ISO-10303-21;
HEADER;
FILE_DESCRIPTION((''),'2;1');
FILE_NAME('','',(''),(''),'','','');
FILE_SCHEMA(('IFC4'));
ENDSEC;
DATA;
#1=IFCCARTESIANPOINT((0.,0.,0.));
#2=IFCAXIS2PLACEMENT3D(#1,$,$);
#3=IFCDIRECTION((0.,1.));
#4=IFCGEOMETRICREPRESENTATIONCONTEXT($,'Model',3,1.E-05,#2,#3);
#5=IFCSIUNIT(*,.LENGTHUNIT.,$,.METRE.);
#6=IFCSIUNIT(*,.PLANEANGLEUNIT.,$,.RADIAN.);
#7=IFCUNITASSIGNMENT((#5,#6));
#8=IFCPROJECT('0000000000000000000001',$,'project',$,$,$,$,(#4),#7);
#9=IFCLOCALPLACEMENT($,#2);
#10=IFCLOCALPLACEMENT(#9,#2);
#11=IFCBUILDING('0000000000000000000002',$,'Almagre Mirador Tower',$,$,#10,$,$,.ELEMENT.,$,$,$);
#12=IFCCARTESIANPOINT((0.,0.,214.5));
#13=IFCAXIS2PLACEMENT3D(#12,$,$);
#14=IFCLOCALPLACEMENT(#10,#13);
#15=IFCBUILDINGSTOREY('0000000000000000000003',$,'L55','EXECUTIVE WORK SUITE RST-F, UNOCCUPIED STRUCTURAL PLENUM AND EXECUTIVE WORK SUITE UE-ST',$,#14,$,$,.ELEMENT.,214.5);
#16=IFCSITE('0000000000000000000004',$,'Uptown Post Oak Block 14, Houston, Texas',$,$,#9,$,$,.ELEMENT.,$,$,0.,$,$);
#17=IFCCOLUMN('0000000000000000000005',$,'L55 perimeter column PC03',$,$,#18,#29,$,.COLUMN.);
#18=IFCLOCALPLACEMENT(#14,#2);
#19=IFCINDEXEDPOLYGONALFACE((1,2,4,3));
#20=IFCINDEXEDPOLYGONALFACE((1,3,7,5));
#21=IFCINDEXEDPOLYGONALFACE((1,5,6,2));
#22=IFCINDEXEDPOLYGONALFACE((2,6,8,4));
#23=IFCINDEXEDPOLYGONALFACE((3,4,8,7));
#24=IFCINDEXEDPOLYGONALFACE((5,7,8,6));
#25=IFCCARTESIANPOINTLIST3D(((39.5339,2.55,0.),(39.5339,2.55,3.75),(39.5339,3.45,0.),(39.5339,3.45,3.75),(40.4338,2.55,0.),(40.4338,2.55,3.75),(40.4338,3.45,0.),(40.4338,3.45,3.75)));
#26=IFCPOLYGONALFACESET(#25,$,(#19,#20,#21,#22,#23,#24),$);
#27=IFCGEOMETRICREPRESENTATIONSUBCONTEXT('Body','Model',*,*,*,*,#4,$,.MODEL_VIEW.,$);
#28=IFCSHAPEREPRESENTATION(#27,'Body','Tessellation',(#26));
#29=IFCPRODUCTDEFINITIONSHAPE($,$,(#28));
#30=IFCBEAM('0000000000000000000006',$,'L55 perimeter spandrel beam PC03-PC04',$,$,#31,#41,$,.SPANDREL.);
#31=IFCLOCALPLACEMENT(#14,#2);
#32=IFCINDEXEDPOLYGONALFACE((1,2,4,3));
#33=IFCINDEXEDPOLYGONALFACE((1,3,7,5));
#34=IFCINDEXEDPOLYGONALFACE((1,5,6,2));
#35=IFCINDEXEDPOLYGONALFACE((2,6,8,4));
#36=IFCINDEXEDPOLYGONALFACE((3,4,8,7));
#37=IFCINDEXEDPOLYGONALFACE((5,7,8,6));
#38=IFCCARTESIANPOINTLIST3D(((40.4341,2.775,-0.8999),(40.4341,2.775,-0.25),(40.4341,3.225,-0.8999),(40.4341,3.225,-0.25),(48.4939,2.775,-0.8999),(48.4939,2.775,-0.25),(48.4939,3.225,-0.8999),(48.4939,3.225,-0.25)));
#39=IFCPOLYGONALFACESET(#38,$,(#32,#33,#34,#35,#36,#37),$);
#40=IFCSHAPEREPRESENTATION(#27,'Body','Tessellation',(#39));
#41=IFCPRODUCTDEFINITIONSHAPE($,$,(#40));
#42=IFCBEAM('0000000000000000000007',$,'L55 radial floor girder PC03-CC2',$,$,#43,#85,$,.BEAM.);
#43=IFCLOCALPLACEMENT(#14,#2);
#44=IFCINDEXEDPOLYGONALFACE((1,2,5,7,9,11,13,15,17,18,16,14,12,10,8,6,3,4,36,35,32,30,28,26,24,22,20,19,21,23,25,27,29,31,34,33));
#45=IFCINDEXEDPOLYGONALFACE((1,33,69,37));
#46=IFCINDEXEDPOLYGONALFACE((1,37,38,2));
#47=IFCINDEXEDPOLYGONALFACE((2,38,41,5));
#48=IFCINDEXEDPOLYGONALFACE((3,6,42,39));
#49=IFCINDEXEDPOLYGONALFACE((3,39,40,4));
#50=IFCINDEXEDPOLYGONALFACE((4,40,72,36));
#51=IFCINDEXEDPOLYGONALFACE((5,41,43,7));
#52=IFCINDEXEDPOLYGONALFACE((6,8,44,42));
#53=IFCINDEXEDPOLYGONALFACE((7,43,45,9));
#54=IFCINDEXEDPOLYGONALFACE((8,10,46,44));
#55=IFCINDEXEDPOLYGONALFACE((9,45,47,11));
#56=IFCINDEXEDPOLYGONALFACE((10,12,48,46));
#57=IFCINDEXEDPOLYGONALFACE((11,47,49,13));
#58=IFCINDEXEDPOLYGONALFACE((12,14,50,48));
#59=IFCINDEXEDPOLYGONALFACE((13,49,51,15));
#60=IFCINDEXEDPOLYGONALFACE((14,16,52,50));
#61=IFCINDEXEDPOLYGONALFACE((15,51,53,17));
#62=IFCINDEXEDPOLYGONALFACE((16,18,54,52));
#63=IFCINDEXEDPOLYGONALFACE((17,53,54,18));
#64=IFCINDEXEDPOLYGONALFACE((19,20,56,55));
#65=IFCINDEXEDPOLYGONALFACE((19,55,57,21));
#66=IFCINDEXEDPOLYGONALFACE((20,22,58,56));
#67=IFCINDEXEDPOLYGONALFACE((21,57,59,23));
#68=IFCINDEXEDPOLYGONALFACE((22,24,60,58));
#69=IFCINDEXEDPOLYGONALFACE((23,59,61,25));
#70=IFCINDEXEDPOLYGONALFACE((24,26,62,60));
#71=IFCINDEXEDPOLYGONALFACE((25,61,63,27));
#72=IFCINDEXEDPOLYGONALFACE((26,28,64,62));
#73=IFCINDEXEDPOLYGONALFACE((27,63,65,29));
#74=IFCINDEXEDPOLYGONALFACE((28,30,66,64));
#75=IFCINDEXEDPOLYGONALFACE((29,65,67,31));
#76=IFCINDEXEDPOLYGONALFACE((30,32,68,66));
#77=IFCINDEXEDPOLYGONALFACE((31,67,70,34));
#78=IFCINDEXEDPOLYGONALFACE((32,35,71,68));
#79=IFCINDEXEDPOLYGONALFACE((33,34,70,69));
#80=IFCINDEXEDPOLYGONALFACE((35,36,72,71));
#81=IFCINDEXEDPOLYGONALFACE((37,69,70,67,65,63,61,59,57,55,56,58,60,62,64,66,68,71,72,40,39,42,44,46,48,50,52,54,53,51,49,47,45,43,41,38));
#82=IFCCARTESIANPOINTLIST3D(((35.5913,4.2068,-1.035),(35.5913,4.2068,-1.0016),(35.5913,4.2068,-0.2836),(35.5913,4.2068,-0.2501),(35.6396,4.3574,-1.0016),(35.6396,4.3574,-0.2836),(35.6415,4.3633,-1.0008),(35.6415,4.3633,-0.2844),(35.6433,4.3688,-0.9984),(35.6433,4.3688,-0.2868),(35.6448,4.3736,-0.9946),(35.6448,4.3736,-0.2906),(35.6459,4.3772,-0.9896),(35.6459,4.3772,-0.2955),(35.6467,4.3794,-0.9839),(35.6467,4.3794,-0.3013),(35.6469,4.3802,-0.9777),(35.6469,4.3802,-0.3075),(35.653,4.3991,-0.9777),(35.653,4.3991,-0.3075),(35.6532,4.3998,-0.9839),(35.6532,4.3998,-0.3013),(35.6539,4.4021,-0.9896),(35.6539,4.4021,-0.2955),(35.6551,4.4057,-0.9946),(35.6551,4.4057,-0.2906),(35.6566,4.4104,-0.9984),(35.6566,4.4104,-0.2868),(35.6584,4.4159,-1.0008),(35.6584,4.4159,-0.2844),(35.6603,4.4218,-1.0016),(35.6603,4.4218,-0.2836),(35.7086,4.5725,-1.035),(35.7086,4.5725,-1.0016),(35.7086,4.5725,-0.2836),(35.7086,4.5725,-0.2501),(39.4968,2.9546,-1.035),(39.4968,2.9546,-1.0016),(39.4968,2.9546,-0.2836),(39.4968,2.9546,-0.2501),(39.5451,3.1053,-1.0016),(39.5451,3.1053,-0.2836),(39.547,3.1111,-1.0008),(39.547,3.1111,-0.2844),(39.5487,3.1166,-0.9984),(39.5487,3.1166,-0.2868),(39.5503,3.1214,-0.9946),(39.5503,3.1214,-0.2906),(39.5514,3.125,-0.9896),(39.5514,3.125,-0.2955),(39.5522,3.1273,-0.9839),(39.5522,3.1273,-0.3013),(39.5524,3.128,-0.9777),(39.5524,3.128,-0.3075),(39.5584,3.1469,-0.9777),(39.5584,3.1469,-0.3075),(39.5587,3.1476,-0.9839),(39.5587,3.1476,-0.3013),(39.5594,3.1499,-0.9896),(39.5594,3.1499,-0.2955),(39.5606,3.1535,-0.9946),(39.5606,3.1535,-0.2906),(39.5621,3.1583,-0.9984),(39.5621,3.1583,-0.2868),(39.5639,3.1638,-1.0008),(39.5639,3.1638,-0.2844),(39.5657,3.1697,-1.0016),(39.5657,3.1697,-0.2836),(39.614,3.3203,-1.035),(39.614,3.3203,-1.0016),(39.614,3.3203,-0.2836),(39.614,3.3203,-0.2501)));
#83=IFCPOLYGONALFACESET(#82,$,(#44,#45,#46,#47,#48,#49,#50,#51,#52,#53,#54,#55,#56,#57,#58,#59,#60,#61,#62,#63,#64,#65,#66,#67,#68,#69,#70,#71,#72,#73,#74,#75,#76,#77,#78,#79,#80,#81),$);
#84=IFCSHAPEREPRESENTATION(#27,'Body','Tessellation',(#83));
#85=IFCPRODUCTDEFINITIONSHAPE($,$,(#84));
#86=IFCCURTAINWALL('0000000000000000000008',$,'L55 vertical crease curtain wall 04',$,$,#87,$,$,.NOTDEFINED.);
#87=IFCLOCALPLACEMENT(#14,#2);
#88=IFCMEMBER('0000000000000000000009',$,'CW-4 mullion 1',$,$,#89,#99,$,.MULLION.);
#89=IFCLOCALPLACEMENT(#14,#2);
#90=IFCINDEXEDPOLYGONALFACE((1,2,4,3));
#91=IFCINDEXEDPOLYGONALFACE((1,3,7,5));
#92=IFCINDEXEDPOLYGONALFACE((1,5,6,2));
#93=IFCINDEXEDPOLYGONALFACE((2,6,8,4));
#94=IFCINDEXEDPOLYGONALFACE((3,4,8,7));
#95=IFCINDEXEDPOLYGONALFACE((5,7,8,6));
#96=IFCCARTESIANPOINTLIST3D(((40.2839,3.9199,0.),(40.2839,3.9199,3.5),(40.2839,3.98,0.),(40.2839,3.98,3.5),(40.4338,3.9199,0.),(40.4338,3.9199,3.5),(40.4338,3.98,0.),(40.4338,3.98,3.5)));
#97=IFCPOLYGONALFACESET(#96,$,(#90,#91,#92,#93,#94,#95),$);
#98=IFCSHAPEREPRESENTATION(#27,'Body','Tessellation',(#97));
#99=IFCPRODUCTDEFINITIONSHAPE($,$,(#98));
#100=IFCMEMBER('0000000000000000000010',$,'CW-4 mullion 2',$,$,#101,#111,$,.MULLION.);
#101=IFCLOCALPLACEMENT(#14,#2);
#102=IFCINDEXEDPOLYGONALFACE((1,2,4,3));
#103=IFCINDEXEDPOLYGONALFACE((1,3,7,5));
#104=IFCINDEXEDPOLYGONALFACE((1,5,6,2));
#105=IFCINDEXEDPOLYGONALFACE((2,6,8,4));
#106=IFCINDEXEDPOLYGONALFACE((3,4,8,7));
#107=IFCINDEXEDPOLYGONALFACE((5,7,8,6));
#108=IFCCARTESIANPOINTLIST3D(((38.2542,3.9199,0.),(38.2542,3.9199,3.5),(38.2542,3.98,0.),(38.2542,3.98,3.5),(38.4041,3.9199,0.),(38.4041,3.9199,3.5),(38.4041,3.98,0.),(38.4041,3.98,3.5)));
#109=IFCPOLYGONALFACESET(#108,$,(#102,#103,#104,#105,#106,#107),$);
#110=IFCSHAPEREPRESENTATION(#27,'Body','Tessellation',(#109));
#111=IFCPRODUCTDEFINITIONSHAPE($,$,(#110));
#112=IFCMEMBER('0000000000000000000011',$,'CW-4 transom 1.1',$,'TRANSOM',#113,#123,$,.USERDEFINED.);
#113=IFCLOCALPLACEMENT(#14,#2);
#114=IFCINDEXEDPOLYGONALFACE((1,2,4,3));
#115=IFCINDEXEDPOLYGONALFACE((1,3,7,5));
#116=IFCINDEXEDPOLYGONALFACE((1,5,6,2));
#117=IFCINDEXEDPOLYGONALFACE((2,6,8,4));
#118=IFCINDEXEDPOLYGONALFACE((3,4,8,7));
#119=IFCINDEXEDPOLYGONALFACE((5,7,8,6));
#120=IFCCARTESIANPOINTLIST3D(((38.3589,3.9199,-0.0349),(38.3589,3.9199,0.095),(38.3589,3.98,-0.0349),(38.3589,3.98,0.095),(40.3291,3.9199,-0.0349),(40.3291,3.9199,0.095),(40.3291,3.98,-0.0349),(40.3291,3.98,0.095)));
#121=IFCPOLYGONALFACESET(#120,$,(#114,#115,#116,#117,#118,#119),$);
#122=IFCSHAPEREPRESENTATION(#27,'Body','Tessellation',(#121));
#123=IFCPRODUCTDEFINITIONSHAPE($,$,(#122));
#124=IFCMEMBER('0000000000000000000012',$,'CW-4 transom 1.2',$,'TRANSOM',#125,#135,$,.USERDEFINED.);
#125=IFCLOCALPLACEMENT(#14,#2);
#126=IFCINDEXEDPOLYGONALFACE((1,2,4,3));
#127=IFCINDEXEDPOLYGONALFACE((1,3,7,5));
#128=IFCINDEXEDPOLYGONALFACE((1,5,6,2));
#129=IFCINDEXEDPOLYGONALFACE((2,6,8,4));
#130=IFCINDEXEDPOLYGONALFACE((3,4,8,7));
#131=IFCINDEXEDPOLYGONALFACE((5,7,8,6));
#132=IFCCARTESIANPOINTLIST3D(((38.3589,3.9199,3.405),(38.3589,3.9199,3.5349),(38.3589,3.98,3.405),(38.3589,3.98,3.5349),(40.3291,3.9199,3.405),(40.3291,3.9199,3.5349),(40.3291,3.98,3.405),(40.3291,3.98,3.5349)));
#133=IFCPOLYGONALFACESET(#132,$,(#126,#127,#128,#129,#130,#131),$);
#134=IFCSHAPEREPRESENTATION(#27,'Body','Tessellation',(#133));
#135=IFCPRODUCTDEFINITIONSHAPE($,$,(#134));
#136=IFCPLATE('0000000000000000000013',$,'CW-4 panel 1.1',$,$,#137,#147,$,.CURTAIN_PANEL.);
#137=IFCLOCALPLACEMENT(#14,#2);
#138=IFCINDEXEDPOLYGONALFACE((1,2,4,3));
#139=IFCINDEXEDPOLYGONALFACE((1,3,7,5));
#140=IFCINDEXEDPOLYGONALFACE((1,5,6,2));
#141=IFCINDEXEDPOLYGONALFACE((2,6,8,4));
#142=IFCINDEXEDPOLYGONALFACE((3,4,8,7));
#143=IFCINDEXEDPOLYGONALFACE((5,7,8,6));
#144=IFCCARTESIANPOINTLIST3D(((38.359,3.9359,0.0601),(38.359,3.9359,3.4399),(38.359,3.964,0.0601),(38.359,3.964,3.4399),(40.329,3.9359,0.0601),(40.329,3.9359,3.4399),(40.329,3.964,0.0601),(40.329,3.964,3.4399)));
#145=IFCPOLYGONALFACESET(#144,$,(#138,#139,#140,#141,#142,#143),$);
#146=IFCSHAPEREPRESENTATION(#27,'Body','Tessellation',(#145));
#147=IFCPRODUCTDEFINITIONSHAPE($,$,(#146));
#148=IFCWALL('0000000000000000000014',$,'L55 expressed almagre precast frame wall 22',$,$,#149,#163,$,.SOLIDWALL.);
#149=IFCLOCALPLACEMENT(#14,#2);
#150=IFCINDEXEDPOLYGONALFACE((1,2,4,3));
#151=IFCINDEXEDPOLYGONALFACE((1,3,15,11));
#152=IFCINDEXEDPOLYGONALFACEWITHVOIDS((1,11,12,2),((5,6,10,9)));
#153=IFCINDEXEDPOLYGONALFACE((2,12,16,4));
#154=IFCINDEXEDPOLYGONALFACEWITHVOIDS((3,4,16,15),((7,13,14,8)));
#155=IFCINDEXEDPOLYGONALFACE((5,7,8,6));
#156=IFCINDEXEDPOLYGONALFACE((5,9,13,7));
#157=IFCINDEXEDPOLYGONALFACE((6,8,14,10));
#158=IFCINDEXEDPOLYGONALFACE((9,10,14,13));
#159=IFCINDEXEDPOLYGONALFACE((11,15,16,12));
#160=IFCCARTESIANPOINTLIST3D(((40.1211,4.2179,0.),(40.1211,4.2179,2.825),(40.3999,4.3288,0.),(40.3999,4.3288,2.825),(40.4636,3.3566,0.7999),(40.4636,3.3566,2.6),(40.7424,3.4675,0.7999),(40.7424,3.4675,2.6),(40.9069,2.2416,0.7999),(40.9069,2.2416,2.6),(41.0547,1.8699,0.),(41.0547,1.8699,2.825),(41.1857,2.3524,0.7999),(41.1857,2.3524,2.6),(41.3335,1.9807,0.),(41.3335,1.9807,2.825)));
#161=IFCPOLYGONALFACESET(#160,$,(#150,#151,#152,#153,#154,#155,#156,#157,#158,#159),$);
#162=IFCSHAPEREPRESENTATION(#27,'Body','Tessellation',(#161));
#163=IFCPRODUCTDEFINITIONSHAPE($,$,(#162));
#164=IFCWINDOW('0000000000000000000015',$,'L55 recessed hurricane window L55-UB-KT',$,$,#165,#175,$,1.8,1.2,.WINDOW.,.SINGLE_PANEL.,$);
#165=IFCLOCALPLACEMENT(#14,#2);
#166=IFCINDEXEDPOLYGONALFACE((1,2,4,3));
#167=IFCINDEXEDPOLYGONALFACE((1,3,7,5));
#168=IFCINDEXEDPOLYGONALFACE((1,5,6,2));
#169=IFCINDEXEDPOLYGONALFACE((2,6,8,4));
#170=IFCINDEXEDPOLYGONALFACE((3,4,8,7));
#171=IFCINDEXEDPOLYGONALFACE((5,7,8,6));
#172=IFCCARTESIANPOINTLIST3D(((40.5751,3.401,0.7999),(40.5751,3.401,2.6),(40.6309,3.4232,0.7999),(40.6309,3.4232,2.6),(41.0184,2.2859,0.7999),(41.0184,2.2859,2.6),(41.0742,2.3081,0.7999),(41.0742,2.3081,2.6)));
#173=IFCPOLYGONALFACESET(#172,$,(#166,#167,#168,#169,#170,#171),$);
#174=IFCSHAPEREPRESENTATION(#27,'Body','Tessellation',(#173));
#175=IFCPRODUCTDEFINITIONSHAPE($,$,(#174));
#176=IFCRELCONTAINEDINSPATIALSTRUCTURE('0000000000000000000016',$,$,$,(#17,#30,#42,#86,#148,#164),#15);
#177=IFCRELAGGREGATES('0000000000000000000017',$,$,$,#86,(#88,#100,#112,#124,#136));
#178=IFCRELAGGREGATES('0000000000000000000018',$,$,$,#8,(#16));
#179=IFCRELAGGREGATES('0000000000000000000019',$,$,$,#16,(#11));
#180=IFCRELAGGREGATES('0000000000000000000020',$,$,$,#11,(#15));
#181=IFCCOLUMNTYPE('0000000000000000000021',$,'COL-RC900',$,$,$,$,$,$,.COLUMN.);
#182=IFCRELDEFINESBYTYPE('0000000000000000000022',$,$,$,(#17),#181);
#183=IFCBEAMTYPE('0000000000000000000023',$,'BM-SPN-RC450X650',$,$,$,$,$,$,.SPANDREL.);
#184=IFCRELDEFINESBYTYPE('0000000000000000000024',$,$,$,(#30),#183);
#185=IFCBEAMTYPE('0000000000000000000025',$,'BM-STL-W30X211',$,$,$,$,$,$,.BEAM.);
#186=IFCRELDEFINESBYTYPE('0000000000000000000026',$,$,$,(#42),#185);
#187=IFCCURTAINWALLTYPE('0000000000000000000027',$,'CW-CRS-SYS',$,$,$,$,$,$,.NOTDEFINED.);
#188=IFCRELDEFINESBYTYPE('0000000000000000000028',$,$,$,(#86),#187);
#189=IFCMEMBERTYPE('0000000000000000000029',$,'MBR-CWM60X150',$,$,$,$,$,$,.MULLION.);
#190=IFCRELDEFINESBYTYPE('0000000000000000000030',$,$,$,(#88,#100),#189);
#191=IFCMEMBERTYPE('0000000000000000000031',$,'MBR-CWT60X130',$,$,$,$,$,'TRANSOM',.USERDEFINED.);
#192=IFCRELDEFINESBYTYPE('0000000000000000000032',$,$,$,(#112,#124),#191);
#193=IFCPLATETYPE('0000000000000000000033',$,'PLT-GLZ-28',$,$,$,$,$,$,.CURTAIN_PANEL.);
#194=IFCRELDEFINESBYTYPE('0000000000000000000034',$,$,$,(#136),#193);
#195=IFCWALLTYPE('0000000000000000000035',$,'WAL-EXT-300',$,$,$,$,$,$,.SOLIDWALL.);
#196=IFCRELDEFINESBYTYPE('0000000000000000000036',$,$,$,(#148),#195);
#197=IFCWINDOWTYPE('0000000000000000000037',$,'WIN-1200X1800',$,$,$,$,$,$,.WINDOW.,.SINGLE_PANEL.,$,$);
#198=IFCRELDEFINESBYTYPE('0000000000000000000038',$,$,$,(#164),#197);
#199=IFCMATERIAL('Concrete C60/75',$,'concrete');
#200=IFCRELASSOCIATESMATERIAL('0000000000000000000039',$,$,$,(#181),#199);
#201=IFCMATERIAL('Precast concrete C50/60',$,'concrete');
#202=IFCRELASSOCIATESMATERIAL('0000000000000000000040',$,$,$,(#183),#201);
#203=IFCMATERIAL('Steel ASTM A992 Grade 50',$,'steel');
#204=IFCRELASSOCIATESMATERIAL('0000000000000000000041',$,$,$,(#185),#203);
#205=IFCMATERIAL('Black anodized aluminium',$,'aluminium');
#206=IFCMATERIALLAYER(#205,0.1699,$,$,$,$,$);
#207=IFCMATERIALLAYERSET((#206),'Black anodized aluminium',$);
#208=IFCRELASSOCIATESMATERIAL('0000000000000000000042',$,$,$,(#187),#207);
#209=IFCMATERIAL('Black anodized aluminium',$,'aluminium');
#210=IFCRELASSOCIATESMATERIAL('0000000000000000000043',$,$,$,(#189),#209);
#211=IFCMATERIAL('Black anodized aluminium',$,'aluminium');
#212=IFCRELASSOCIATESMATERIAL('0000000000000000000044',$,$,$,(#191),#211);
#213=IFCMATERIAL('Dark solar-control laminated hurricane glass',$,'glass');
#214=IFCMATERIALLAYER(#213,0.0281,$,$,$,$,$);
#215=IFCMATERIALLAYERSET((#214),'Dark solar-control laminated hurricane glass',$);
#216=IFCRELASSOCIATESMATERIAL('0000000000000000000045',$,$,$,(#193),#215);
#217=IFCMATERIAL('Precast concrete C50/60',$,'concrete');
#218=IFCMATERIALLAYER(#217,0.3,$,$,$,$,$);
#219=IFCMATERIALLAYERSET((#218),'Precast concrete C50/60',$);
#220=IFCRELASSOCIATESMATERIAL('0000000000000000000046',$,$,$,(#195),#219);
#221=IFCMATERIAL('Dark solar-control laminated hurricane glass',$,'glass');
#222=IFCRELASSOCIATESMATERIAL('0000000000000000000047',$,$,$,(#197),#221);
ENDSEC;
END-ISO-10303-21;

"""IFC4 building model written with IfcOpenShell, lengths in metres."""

from ifc_helpers import new_model, si_unit, direction, frame, frame_2d, origin, origin_2d, place, context, subcontext, project, spatial, rectangle, i_section, extrude, material, layer, layer_set, material_profile, profile_set, type_object, element, fill, aggregate, save


model = new_model("IFC4")

# Units and contexts
model_context = context("Model", 3, precision=1e-05, world=origin(), true_north=direction((0.0, 1.0)))
body_context = subcontext(model_context, "Body", "Model", "MODEL_VIEW")
ifc_project = project(units=[si_unit("LENGTHUNIT", "METRE"), si_unit("PLANEANGLEUNIT", "RADIAN")], contexts=[model_context])

# Site, building, storey
site_placement = place(None, origin())
site = spatial("IfcSite", under=ifc_project, at=site_placement, Name="Uptown Post Oak Block 14, Houston, Texas", CompositionType="ELEMENT", RefElevation=0.0)
building_placement = place(site_placement, origin())
building = spatial("IfcBuilding", under=site, at=building_placement, Name="Almagre Mirador Tower", CompositionType="ELEMENT")
storey_placement = place(building_placement, frame((0.0, 0.0, 214.5)))
storey = spatial("IfcBuildingStorey", under=building, at=storey_placement, Name="L55", Description="EXECUTIVE WORK SUITE RST-F, UNOCCUPIED STRUCTURAL PLENUM AND EXECUTIVE WORK SUITE UE-ST", CompositionType="ELEMENT", Elevation=214.5)

# Column
ifc_material_1 = material(Name="Concrete C60/75", Category="concrete")
ifc_material_profile_1 = material_profile(ifc_material_1, rectangle(XDim=0.8999, YDim=0.8999, at=origin_2d()), Name="RC900X900")
ifc_profile_set_1 = profile_set([ifc_material_profile_1], Name="Concrete C60/75")
column_type = type_object("IfcColumnType", Name="COL-RC900", PredefinedType="COLUMN", material=ifc_profile_set_1)
column_placement = place(storey_placement, frame((39.9839, 3.0, 0.0), z_axis=(0.0, 0.0, 1.0), x_axis=(1.0, 0.0, 0.0)))
element("IfcColumn", 1, at=column_placement, inside=storey, type_object=column_type, Name="L55 perimeter column PC03", PredefinedType="COLUMN", context=body_context, shape_type="SweptSolid", body=[
    extrude(rectangle(XDim=0.8999, YDim=0.8999, at=origin_2d()), origin(), (0.0, 0.0, 1.0), 3.75),
])

# Beams
ifc_material_2 = material(Name="Precast concrete C50/60", Category="concrete")
ifc_material_profile_2 = material_profile(ifc_material_2, rectangle(XDim=0.45, YDim=0.6499, at=origin_2d()), Name="RC450X650")
ifc_profile_set_2 = profile_set([ifc_material_profile_2], Name="Precast concrete C50/60")
beam_type_1 = type_object("IfcBeamType", Name="BM-SPN-RC450X650", PredefinedType="SPANDREL", material=ifc_profile_set_2)
beam_1_placement = place(storey_placement, frame((40.4341, 3.0, -0.575), z_axis=(1.0, 0.0, 0.0), x_axis=(0.0, 1.0, 0.0)))
element("IfcBeam", 2, at=beam_1_placement, inside=storey, type_object=beam_type_1, Name="L55 perimeter spandrel beam PC03-PC04", PredefinedType="SPANDREL", context=body_context, shape_type="SweptSolid", body=[
    extrude(rectangle(XDim=0.45, YDim=0.6499, at=origin_2d()), origin(), (0.0, 0.0, 1.0), 8.0598),
])
ifc_material_3 = material(Name="Steel ASTM A992 Grade 50", Category="steel")
ifc_material_profile_3 = material_profile(ifc_material_3, i_section(OverallWidth=0.384, OverallDepth=0.7849, WebThickness=0.0198, FlangeThickness=0.0334, FilletRadius=0.0239, at=origin_2d()), Name="W30X211")
ifc_profile_set_3 = profile_set([ifc_material_profile_3], Name="Steel ASTM A992 Grade 50")
beam_type_2 = type_object("IfcBeamType", Name="BM-STL-W30X211", PredefinedType="BEAM", material=ifc_profile_set_3)
beam_2_placement = place(storey_placement, frame((39.5554, 3.1375, -0.6426), z_axis=(-0.952252, 0.305313, 0.0), x_axis=(-0.305313, -0.952252, 0.0)))
element("IfcBeam", 3, at=beam_2_placement, inside=storey, type_object=beam_type_2, Name="L55 radial floor girder PC03-CC2", PredefinedType="BEAM", context=body_context, shape_type="SweptSolid", body=[
    extrude(i_section(OverallWidth=0.384, OverallDepth=0.7849, WebThickness=0.0198, FlangeThickness=0.0334, FilletRadius=0.0239, at=origin_2d()), origin(), (0.0, 0.0, 1.0), 4.1013),
])

# Curtain wall, members, plate
ifc_material_4 = material(Name="Black anodized aluminium", Category="aluminium")
ifc_layer_1 = layer(ifc_material_4, 0.1699)
ifc_layer_set_1 = layer_set([ifc_layer_1], Name="Black anodized aluminium")
curtain_wall_type = type_object("IfcCurtainWallType", Name="CW-CRS-SYS", PredefinedType="NOTDEFINED", material=ifc_layer_set_1)
curtain_wall_placement = place(storey_placement, origin())
curtain_wall = element("IfcCurtainWall", 4, at=curtain_wall_placement, inside=storey, type_object=curtain_wall_type, Name="L55 vertical crease curtain wall 04", PredefinedType="NOTDEFINED")
ifc_material_5 = material(Name="Black anodized aluminium", Category="aluminium")
ifc_material_profile_4 = material_profile(ifc_material_5, rectangle(XDim=0.0601, YDim=0.1499, at=origin_2d()), Name="CWM60X150")
ifc_profile_set_4 = profile_set([ifc_material_profile_4], Name="Black anodized aluminium")
member_type_1 = type_object("IfcMemberType", Name="MBR-CWM60X150", PredefinedType="MULLION", material=ifc_profile_set_4)
member_1_placement = place(storey_placement, frame((40.3589, 3.95, 0.0), z_axis=(0.0, 0.0, 1.0), x_axis=(0.0, -1.0, 0.0)))
member_1 = element("IfcMember", 5, at=member_1_placement, type_object=member_type_1, Name="CW-4 mullion 1", PredefinedType="MULLION", context=body_context, shape_type="SweptSolid", body=[
    extrude(rectangle(XDim=0.0601, YDim=0.1499, at=origin_2d()), origin(), (0.0, 0.0, 1.0), 3.5),
])
member_2_placement = place(storey_placement, frame((38.3291, 3.95, 0.0), z_axis=(0.0, 0.0, 1.0), x_axis=(0.0, -1.0, 0.0)))
member_2 = element("IfcMember", 6, at=member_2_placement, type_object=member_type_1, Name="CW-4 mullion 2", PredefinedType="MULLION", context=body_context, shape_type="SweptSolid", body=[
    extrude(rectangle(XDim=0.0601, YDim=0.1499, at=origin_2d()), origin(), (0.0, 0.0, 1.0), 3.5),
])
ifc_material_6 = material(Name="Black anodized aluminium", Category="aluminium")
ifc_material_profile_5 = material_profile(ifc_material_6, rectangle(XDim=0.0601, YDim=0.1299, at=origin_2d()), Name="CWT60X130")
ifc_profile_set_5 = profile_set([ifc_material_profile_5], Name="Black anodized aluminium")
member_type_2 = type_object("IfcMemberType", Name="MBR-CWT60X130", ElementType="TRANSOM", PredefinedType="USERDEFINED", material=ifc_profile_set_5)
member_3_placement = place(storey_placement, frame((40.3291, 3.95, 0.03), z_axis=(-1.0, 0.0, 0.0), x_axis=(0.0, -1.0, 0.0)))
member_3 = element("IfcMember", 7, at=member_3_placement, type_object=member_type_2, Name="CW-4 transom 1.1", ObjectType="TRANSOM", PredefinedType="USERDEFINED", context=body_context, shape_type="SweptSolid", body=[
    extrude(rectangle(XDim=0.0601, YDim=0.1299, at=origin_2d()), origin(), (0.0, 0.0, 1.0), 1.9702),
])
member_4_placement = place(storey_placement, frame((40.3291, 3.95, 3.47), z_axis=(-1.0, 0.0, 0.0), x_axis=(0.0, -1.0, 0.0)))
member_4 = element("IfcMember", 8, at=member_4_placement, type_object=member_type_2, Name="CW-4 transom 1.2", ObjectType="TRANSOM", PredefinedType="USERDEFINED", context=body_context, shape_type="SweptSolid", body=[
    extrude(rectangle(XDim=0.0601, YDim=0.1299, at=origin_2d()), origin(), (0.0, 0.0, 1.0), 1.9702),
])
ifc_material_7 = material(Name="Dark solar-control laminated hurricane glass", Category="glass")
ifc_layer_2 = layer(ifc_material_7, 0.0281)
ifc_layer_set_2 = layer_set([ifc_layer_2], Name="Dark solar-control laminated hurricane glass")
plate_type = type_object("IfcPlateType", Name="PLT-GLZ-28", PredefinedType="CURTAIN_PANEL", material=ifc_layer_set_2)
plate_placement = place(storey_placement, frame((39.344, 3.95, 0.0601), z_axis=(0.0, 0.0, 1.0), x_axis=(-1.0, 0.0, 0.0)))
plate = element("IfcPlate", 9, at=plate_placement, type_object=plate_type, Name="CW-4 panel 1.1", PredefinedType="CURTAIN_PANEL", context=body_context, shape_type="SweptSolid", body=[
    extrude(rectangle(XDim=1.97, YDim=0.0281, at=origin_2d()), origin(), (0.0, 0.0, 1.0), 3.3799),
])
aggregate(curtain_wall, [member_1, member_2, member_3, member_4, plate])

# Wall, opening, window
ifc_material_8 = material(Name="Precast concrete C50/60", Category="concrete")
ifc_layer_3 = layer(ifc_material_8, 0.3)
ifc_layer_set_3 = layer_set([ifc_layer_3], Name="Precast concrete C50/60")
wall_type_1 = type_object("IfcWallType", Name="WAL-EXT-300", PredefinedType="SOLIDWALL", material=ifc_layer_set_3)
wall_1_placement = place(storey_placement, frame((41.1941, 1.9253, 0.0), z_axis=(0.0, 0.0, 1.0), x_axis=(-0.369458, 0.929248, 0.0)))
wall_1 = element("IfcWall", 10, at=wall_1_placement, inside=storey, type_object=wall_type_1, Name="L55 expressed almagre precast frame wall 22", PredefinedType="SOLIDWALL", context=body_context, shape_type="SweptSolid", body=[
    extrude(rectangle(XDim=2.5269, YDim=0.3, at=frame_2d((1.2634, 0.0))), origin(), (0.0, 0.0, 1.0), 2.825),
])
opening_1_placement = place(wall_1_placement, frame((0.3999, 0.0, 0.8)))
opening_1 = element("IfcOpeningElement", 11, at=opening_1_placement, cuts=wall_1, PredefinedType="OPENING", context=body_context, shape_type="SweptSolid", body=[
    extrude(rectangle(XDim=1.2, YDim=1.8, at=frame_2d((0.6001, 0.8999))), frame((0.0, 0.1599, 0.0), z_axis=(0.0, -1.0, 0.0), x_axis=(1.0, 0.0, 0.0)), (0.0, 0.0, 1.0), 0.32),
])
ifc_material_9 = material(Name="Dark solar-control laminated hurricane glass", Category="glass")
window_type = type_object("IfcWindowType", Name="WIN-1200X1800", PartitioningType="SINGLE_PANEL", PredefinedType="WINDOW", material=ifc_material_9)
window_1_placement = place(opening_1_placement, origin())
window_1 = element("IfcWindow", 12, at=window_1_placement, inside=storey, type_object=window_type, Name="L55 recessed hurricane window L55-UB-KT", OverallHeight=1.8, OverallWidth=1.2, PartitioningType="SINGLE_PANEL", PredefinedType="WINDOW", context=body_context, shape_type="SweptSolid", body=[
    extrude(rectangle(XDim=1.2, YDim=1.8, at=frame_2d((0.6001, 0.8999))), frame((0.0, 0.03, 0.0), z_axis=(0.0, -1.0, 0.0), x_axis=(1.0, 0.0, 0.0)), (0.0, 0.0, 1.0), 0.0601),
])
fill(opening_1, window_1)

save(model, "model.ifc")
